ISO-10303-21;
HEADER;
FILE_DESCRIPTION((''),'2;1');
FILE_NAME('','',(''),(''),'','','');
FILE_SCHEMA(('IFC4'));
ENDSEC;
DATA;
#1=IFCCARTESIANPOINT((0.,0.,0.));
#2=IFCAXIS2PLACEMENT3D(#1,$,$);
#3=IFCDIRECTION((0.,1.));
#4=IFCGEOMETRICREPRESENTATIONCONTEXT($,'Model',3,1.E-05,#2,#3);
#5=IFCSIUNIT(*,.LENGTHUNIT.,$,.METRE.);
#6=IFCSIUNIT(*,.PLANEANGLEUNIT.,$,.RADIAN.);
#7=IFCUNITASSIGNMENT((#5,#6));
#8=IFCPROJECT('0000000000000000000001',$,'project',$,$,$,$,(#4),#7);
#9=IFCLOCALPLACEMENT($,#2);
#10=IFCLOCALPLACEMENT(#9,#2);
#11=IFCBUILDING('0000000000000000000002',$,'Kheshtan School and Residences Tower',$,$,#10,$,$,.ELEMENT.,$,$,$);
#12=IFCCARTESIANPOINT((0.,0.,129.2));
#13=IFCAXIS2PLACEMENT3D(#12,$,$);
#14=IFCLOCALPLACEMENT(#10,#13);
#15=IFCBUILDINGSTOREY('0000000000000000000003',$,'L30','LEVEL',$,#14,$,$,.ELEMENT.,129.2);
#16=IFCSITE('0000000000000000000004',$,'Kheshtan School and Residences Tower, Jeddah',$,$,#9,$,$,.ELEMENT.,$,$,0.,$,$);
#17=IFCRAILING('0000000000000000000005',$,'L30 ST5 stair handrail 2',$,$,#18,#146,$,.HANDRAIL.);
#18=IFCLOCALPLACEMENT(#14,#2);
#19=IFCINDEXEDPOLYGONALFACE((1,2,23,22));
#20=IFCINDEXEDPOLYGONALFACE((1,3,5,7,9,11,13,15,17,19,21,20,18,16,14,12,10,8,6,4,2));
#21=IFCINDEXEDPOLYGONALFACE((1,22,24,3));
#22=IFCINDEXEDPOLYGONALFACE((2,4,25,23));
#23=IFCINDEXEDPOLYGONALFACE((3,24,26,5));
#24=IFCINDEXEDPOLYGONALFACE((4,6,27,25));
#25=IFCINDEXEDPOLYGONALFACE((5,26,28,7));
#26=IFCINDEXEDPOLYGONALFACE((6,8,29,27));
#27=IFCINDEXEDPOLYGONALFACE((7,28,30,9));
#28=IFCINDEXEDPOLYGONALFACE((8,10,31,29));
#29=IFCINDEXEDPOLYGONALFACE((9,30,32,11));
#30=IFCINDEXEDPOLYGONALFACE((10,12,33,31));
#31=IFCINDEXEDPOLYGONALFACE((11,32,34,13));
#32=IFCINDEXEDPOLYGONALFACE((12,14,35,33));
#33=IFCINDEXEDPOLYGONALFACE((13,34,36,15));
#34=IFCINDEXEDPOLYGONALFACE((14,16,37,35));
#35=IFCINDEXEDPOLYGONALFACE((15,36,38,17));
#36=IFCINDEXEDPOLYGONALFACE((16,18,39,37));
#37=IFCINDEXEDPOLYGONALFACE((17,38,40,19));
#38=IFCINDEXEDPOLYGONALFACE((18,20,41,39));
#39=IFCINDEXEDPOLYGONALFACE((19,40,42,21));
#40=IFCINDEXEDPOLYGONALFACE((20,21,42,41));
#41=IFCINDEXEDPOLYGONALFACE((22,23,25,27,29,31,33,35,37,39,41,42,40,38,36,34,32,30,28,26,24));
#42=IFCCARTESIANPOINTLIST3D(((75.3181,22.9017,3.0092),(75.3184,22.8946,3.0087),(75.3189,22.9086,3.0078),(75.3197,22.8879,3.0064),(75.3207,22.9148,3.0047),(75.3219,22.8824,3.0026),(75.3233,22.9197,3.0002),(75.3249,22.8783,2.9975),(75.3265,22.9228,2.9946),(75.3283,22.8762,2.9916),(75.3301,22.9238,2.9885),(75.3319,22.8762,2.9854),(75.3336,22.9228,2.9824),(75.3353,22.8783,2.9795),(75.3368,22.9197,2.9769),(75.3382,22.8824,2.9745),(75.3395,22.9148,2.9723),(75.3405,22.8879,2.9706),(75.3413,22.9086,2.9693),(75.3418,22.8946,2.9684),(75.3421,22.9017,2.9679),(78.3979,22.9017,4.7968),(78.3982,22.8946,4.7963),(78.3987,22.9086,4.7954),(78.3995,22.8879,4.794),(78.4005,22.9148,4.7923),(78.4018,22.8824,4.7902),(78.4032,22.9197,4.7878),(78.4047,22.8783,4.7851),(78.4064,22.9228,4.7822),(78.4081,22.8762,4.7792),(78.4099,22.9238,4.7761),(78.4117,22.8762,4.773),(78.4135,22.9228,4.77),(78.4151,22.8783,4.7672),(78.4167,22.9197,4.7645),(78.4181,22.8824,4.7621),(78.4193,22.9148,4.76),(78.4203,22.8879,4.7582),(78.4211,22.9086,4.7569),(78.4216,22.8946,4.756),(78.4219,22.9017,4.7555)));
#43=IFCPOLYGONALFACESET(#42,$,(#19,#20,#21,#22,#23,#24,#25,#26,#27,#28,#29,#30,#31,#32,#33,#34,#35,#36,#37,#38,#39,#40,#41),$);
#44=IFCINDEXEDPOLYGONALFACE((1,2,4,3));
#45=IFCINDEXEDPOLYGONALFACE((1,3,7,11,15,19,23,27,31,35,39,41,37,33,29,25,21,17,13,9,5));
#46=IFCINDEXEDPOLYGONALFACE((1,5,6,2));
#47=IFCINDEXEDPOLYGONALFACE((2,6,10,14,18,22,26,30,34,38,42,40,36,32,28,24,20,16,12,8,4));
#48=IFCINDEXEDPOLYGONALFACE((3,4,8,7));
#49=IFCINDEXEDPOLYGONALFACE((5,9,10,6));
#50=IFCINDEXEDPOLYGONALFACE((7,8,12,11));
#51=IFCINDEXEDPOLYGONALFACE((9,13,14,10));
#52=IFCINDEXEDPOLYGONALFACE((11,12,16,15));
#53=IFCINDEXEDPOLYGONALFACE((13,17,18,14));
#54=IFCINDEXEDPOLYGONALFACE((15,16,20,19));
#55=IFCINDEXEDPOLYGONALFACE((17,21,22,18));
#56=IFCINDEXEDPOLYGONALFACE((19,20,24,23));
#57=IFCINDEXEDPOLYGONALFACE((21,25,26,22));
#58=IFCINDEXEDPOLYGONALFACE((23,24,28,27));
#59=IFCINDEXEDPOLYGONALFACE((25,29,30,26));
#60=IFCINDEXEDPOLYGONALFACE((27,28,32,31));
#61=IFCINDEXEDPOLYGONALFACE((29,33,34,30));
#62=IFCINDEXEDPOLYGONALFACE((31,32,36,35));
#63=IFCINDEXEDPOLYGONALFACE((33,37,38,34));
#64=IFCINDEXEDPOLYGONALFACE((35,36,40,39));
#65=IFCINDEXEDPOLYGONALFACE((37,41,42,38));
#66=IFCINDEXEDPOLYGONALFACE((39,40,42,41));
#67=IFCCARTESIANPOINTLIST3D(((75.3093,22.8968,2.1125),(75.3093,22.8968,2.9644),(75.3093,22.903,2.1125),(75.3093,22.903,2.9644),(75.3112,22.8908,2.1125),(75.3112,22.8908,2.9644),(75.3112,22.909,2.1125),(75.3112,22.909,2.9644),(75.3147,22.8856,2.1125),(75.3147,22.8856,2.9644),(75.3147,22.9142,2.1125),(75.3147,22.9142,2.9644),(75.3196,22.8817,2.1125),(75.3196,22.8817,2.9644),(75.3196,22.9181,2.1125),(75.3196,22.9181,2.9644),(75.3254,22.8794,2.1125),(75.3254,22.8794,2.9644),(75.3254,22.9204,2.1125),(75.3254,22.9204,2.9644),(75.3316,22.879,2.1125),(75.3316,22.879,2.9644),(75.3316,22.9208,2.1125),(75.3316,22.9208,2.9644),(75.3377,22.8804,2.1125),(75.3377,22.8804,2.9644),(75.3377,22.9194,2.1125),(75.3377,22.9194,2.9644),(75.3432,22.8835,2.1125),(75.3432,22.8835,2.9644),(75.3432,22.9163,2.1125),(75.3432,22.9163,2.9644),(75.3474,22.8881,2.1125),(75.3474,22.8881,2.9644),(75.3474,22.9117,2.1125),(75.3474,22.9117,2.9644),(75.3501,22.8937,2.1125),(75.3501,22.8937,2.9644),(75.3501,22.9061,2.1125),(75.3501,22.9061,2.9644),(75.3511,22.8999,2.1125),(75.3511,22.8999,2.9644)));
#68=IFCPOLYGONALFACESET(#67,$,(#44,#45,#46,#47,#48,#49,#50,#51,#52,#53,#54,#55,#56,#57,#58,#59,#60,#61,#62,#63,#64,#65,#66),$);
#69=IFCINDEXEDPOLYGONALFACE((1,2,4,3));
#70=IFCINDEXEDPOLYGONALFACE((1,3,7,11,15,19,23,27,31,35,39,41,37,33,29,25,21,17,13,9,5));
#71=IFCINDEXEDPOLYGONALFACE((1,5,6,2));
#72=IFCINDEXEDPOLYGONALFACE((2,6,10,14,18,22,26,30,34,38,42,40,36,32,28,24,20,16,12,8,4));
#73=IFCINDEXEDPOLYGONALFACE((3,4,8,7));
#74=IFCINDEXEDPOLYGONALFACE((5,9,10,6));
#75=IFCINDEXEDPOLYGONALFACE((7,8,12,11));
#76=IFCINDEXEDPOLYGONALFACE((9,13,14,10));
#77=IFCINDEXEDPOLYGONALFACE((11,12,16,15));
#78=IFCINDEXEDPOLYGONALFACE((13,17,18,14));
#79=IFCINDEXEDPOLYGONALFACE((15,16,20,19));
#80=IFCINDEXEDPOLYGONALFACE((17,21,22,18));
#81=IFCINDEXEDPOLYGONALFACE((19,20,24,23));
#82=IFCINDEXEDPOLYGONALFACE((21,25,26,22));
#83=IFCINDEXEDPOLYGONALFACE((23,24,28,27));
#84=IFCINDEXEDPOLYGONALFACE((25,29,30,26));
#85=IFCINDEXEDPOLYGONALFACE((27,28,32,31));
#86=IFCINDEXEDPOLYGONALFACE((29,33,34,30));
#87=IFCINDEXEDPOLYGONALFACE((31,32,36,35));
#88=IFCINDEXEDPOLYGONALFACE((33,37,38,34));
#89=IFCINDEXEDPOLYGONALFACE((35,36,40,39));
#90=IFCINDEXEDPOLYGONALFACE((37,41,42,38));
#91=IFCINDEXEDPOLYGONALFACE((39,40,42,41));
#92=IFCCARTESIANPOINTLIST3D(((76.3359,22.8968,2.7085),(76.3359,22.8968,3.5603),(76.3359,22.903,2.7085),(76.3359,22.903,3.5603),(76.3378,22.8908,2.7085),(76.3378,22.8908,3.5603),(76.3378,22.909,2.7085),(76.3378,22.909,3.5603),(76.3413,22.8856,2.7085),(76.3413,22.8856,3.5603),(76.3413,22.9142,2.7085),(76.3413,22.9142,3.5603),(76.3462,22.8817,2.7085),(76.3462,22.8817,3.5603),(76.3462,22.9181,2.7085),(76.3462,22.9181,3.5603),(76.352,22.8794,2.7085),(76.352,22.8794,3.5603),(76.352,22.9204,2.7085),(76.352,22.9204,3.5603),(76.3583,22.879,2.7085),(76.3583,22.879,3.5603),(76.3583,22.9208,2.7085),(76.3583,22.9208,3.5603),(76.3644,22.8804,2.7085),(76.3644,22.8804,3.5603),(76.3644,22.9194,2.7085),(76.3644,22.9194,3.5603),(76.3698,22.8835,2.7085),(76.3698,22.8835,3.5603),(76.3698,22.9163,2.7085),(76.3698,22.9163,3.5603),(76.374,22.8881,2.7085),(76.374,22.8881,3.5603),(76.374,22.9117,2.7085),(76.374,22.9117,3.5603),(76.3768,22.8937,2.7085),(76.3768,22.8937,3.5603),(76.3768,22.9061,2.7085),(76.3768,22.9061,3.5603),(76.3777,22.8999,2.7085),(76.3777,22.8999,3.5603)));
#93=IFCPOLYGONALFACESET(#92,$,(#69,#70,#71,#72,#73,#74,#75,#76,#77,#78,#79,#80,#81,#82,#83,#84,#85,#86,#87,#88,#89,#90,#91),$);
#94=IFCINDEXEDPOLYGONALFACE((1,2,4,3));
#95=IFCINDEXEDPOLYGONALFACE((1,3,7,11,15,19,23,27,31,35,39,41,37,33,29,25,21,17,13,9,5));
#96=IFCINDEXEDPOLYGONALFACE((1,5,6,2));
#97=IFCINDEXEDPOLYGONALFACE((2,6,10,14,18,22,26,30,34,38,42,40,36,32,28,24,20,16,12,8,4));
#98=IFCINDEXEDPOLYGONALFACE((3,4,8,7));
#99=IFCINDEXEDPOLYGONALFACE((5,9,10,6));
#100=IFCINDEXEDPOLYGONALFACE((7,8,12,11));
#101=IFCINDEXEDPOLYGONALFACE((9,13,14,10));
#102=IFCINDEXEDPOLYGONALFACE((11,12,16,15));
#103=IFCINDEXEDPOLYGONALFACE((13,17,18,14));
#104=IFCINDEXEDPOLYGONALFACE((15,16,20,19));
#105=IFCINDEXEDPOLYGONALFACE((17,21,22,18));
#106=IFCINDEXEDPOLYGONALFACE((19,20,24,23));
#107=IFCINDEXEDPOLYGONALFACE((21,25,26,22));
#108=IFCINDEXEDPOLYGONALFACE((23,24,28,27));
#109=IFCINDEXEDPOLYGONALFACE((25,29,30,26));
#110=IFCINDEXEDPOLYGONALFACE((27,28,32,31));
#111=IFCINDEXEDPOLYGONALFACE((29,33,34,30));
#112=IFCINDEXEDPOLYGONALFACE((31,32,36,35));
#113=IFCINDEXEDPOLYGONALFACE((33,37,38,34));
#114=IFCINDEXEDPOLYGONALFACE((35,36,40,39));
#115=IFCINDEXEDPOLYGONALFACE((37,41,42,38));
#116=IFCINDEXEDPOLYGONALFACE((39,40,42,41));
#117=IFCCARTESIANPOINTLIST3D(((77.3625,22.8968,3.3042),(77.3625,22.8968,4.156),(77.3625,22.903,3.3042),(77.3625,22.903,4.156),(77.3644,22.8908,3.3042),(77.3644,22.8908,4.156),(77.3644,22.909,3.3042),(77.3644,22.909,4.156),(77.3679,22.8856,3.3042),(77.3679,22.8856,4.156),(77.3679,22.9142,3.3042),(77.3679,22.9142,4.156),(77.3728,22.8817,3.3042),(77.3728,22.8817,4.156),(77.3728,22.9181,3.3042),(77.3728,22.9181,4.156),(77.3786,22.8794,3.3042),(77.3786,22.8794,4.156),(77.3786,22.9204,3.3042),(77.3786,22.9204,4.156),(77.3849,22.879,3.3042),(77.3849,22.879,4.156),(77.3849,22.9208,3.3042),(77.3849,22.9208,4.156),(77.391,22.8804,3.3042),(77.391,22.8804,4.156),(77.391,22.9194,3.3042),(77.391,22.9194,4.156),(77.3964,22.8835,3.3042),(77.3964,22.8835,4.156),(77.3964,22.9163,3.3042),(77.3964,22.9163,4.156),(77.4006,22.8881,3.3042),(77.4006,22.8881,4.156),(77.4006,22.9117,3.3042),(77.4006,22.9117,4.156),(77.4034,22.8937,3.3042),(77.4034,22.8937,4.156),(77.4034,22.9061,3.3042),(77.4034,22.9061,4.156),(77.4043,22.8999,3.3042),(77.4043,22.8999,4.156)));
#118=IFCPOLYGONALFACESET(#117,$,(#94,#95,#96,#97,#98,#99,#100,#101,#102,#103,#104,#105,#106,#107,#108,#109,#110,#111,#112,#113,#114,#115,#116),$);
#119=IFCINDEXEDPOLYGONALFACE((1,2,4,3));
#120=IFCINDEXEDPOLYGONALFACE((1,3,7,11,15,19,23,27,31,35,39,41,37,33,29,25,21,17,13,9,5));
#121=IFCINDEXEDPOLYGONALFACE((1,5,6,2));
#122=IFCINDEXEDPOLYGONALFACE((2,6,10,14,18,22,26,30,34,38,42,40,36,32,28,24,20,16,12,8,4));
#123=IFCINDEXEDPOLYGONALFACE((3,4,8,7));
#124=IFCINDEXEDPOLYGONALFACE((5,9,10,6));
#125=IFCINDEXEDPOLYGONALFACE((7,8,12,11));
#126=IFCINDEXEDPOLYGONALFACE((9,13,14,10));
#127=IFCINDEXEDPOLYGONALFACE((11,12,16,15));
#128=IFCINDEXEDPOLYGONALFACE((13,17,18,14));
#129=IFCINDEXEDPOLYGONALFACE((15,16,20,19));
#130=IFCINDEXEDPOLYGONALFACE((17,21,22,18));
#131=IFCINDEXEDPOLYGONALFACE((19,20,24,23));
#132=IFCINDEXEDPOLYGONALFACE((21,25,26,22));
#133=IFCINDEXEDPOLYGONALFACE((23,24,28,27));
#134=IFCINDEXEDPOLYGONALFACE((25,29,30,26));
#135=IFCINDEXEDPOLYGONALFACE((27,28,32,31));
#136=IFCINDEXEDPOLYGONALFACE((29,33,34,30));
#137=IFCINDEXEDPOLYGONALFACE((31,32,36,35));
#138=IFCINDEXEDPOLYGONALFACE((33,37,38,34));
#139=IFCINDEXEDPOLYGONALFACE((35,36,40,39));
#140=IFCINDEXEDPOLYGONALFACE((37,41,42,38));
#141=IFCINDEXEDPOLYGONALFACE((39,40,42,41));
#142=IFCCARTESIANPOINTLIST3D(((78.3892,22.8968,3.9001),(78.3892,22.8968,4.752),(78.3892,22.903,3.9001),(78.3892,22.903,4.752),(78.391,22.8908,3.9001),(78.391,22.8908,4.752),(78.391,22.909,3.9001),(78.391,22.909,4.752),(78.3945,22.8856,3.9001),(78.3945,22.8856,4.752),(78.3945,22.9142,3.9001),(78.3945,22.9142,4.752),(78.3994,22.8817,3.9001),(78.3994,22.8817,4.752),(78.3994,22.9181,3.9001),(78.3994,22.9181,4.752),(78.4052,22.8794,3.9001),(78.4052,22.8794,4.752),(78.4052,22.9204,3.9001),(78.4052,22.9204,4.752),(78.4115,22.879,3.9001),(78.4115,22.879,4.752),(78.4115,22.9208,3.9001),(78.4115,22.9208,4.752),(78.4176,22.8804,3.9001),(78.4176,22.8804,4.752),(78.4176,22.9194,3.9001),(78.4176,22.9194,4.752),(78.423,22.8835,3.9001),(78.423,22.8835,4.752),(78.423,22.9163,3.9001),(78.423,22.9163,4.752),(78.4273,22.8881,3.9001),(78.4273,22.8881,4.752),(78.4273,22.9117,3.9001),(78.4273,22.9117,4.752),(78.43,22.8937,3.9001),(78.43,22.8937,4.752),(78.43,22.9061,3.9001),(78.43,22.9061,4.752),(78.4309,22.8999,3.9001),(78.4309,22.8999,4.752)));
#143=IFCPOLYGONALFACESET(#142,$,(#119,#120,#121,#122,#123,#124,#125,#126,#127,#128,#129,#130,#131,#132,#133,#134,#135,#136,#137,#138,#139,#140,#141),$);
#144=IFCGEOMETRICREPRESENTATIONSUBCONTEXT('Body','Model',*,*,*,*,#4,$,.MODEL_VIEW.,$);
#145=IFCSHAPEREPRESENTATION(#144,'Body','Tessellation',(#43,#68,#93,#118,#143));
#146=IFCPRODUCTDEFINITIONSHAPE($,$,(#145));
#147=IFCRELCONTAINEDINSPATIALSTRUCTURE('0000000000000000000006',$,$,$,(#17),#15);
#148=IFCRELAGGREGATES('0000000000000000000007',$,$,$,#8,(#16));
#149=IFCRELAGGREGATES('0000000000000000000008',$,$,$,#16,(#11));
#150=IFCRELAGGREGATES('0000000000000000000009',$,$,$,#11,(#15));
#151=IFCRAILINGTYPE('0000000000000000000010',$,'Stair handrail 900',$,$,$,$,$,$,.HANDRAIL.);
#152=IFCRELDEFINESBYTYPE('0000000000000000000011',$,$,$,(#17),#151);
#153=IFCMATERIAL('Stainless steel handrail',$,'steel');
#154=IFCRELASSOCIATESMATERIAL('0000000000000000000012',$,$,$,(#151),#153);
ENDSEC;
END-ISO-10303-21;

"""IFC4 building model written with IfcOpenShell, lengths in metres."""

from ifc_helpers import new_model, si_unit, direction, frame, origin, origin_2d, place, context, subcontext, project, spatial, circle, extrude, material, type_object, element, save


model = new_model("IFC4")

# Units and contexts
model_context = context("Model", 3, precision=1e-05, world=origin(), true_north=direction((0.0, 1.0)))
body_context = subcontext(model_context, "Body", "Model", "MODEL_VIEW")
ifc_project = project(units=[si_unit("LENGTHUNIT", "METRE"), si_unit("PLANEANGLEUNIT", "RADIAN")], contexts=[model_context])

# Site, building, storey
site_placement = place(None, origin())
site = spatial("IfcSite", under=ifc_project, at=site_placement, Name="Kheshtan School and Residences Tower, Jeddah", CompositionType="ELEMENT", RefElevation=0.0)
building_placement = place(site_placement, origin())
building = spatial("IfcBuilding", under=site, at=building_placement, Name="Kheshtan School and Residences Tower", CompositionType="ELEMENT")
storey_placement = place(building_placement, frame((0.0, 0.0, 129.2)))
storey = spatial("IfcBuildingStorey", under=building, at=storey_placement, Name="L30", Description="LEVEL", CompositionType="ELEMENT", Elevation=129.2)

# Railing
ifc_material_1 = material(Name="Stainless steel handrail", Category="steel")
railing_type_1 = type_object("IfcRailingType", Name="Stair handrail 900", PredefinedType="HANDRAIL", material=ifc_material_1)
railing_1_placement = place(storey_placement, frame((75.3301, 22.8999, 2.1125)))
element("IfcRailing", 1, at=railing_1_placement, inside=storey, type_object=railing_type_1, Name="L30 ST5 stair handrail 2", PredefinedType="HANDRAIL", context=body_context, shape_type="SweptSolid", body=[
    extrude(circle(Radius=0.0239, at=origin_2d()), frame((0.0, 0.0, 0.876), z_axis=(0.864873, 0.0, 0.50199), x_axis=(0.0, 1.0, 0.0)), (0.0, 0.0, 1.0), 3.561),
    extrude(circle(Radius=0.021, at=origin_2d()), origin(), (0.0, 0.0, 1.0), 0.8518),
    extrude(circle(Radius=0.021, at=origin_2d()), frame((1.0266, 0.0, 0.5959)), (0.0, 0.0, 1.0), 0.8518),
    extrude(circle(Radius=0.021, at=origin_2d()), frame((2.0532, 0.0, 1.1917)), (0.0, 0.0, 1.0), 0.8518),
    extrude(circle(Radius=0.021, at=origin_2d()), frame((3.0798, 0.0, 1.7876)), (0.0, 0.0, 1.0), 0.8518),
])

save(model, "model.ifc")
